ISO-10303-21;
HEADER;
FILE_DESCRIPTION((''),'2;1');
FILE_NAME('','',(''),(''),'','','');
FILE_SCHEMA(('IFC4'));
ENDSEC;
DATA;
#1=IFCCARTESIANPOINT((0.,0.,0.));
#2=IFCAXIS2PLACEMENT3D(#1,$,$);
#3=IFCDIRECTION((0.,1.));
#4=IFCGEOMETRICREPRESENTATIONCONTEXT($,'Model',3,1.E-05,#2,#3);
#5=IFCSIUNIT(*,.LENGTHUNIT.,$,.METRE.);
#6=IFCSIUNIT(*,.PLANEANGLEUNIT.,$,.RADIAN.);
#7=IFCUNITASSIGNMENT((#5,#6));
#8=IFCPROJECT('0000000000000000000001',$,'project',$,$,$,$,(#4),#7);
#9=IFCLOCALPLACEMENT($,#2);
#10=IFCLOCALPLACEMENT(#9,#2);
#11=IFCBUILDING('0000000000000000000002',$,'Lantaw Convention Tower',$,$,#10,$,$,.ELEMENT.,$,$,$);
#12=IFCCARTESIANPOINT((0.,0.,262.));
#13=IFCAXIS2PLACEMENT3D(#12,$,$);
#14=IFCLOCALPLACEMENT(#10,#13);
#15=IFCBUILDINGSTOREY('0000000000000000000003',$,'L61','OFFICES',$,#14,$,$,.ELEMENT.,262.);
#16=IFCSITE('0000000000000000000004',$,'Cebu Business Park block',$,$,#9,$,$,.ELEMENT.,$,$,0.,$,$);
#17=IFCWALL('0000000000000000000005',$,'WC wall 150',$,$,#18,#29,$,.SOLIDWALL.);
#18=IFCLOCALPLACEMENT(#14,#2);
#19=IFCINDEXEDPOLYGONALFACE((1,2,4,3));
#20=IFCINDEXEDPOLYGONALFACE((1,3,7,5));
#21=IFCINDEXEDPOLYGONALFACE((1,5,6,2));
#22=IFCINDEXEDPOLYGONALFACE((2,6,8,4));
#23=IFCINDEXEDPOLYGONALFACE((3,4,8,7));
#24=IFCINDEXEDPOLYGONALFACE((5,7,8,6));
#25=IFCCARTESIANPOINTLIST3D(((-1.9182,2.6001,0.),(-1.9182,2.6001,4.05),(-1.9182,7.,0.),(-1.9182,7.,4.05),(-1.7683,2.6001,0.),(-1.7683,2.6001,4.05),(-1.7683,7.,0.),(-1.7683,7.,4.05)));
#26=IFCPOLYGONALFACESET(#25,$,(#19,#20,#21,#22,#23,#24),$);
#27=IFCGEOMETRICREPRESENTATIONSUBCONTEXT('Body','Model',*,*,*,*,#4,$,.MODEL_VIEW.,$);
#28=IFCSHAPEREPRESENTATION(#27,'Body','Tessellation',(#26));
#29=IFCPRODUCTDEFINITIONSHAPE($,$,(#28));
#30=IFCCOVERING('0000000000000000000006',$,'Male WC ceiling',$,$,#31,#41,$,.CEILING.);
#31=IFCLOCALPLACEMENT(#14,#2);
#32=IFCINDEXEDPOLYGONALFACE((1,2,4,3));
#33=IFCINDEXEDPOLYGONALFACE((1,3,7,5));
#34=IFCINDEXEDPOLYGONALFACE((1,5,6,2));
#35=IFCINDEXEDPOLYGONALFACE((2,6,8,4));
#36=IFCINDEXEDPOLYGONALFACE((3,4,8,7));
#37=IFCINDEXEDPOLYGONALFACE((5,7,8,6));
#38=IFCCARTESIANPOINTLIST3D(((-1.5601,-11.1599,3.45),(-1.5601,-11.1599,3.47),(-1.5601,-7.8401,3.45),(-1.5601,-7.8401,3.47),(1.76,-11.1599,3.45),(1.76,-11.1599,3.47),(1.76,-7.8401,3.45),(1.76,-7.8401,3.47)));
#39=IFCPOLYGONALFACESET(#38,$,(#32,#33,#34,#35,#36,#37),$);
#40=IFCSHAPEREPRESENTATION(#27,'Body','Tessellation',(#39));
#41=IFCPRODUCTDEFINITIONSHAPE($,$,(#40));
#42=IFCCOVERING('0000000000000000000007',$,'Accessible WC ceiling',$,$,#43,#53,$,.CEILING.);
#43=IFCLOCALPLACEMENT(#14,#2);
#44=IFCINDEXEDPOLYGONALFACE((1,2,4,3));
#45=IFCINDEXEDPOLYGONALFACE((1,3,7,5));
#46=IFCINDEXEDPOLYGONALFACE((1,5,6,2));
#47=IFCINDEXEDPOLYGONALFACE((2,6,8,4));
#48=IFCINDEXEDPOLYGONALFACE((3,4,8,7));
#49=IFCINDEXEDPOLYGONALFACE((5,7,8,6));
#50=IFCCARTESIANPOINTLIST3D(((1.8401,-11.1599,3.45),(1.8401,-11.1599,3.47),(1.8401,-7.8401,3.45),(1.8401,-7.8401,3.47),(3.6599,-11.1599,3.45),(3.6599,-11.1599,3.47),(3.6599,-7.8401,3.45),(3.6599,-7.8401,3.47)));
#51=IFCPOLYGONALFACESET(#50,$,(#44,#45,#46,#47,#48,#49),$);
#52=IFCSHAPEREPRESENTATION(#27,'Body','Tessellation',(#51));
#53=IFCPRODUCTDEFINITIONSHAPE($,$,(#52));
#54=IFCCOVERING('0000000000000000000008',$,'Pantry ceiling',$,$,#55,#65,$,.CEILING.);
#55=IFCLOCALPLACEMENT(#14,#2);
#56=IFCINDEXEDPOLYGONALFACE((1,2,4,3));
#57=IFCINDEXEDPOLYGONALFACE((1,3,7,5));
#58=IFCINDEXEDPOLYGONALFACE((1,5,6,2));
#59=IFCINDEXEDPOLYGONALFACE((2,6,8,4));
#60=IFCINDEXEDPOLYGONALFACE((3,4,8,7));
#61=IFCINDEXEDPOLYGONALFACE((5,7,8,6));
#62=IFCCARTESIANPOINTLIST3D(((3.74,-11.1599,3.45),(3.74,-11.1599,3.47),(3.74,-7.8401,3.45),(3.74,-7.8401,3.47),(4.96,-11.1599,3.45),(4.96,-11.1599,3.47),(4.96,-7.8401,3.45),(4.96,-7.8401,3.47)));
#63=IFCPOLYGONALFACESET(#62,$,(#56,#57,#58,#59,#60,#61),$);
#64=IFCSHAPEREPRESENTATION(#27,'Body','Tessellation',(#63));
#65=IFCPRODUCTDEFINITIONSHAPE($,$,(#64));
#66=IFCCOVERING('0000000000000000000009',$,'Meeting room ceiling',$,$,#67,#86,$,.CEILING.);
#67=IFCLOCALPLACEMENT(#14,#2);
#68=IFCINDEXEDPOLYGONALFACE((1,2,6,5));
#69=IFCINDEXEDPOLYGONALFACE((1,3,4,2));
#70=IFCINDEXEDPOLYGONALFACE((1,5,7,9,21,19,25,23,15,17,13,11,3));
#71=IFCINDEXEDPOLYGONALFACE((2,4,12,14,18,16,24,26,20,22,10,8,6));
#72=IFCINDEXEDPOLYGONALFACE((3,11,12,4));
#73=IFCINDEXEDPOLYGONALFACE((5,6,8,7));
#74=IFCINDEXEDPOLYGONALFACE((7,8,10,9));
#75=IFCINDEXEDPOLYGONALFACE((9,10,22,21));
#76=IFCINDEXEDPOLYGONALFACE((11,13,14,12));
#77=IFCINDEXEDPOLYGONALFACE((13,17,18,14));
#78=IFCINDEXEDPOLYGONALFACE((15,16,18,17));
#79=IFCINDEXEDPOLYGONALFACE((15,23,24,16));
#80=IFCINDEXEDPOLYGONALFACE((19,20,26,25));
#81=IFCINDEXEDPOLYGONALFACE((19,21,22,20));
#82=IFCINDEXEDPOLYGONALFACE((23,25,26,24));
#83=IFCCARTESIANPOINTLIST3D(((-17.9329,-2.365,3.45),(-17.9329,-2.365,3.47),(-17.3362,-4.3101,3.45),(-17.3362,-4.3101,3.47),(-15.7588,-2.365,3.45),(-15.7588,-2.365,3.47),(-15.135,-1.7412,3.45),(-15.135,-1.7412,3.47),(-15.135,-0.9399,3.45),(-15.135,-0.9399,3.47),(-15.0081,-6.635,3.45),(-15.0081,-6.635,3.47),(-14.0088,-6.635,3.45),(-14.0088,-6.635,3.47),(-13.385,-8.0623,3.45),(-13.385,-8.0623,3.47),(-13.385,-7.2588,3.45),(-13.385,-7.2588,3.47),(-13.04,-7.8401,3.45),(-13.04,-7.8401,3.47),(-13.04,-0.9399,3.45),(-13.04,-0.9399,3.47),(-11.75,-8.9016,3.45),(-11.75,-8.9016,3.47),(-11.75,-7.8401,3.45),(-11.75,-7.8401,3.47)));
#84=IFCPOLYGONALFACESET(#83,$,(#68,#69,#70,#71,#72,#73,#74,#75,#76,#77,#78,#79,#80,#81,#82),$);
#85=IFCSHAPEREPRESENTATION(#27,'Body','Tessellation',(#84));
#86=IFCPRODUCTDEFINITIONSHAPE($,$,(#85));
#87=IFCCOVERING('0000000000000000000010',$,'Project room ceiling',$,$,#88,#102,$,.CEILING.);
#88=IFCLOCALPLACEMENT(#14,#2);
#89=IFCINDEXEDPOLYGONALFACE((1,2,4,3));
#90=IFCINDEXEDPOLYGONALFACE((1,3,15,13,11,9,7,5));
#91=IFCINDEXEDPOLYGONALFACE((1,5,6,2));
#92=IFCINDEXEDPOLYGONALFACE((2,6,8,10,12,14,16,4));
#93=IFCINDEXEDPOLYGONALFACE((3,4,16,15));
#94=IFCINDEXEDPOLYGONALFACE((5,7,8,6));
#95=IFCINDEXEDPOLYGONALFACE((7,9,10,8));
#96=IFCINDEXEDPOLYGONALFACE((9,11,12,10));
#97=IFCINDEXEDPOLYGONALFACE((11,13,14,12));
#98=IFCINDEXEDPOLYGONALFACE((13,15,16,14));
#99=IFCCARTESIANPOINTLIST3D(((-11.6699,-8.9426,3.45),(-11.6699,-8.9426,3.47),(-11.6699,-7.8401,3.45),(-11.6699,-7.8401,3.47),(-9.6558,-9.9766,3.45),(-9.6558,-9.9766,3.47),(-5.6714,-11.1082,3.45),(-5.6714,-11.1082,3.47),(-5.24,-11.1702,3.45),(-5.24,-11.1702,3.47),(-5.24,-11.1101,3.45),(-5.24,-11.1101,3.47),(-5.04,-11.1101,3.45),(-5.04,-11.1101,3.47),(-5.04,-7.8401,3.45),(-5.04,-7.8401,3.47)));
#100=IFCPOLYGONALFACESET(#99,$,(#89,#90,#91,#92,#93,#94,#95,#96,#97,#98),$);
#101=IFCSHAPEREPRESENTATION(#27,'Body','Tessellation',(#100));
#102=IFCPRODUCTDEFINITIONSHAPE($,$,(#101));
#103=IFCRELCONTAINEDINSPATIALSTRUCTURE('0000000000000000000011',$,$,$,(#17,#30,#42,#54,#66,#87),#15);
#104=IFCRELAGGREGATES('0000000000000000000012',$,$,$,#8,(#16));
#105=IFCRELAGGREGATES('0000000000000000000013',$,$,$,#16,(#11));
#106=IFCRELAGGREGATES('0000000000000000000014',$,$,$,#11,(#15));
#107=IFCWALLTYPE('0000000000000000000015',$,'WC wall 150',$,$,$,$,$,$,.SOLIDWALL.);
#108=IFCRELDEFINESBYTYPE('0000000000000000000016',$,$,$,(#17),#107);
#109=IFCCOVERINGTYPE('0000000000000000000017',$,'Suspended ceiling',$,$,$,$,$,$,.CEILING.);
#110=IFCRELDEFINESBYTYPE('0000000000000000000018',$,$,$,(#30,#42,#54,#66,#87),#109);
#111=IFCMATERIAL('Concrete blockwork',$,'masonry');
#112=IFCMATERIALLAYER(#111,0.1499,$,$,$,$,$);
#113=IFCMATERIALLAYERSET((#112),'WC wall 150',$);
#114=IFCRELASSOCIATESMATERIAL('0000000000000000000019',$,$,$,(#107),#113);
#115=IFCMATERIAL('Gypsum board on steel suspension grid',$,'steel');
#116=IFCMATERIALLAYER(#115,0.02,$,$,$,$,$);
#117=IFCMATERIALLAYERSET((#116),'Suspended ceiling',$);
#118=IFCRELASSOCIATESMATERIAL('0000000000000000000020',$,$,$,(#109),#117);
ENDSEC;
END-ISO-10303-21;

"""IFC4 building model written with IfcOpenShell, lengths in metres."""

from ifc_helpers import new_model, si_unit, direction, frame, frame_2d, origin, place, context, subcontext, project, spatial, polyline, rectangle, outline, extrude, material, layer, layer_set, type_object, element, save


model = new_model("IFC4")

# Units and contexts
model_context = context("Model", 3, precision=1e-05, world=origin(), true_north=direction((0.0, 1.0)))
body_context = subcontext(model_context, "Body", "Model", "MODEL_VIEW")
ifc_project = project(units=[si_unit("LENGTHUNIT", "METRE"), si_unit("PLANEANGLEUNIT", "RADIAN")], contexts=[model_context])

# Site, building, storey
site_placement = place(None, origin())
site = spatial("IfcSite", under=ifc_project, at=site_placement, Name="Cebu Business Park block", CompositionType="ELEMENT", RefElevation=0.0)
building_placement = place(site_placement, origin())
building = spatial("IfcBuilding", under=site, at=building_placement, Name="Lantaw Convention Tower", CompositionType="ELEMENT")
storey_placement = place(building_placement, frame((0.0, 0.0, 262.0)))
storey = spatial("IfcBuildingStorey", under=building, at=storey_placement, Name="L61", Description="OFFICES", CompositionType="ELEMENT", Elevation=262.0)

# Shared definitions
ifc_material_1 = material(Name="Concrete blockwork", Category="masonry")
ifc_layer_1 = layer(ifc_material_1, 0.1499)
ifc_layer_set_1 = layer_set([ifc_layer_1], Name="WC wall 150")
wall_type_1 = type_object("IfcWallType", Name="WC wall 150", PredefinedType="SOLIDWALL", material=ifc_layer_set_1)

# Wall
for number, where, z_axis, x_axis, name in (
    (1, (-1.8433, 2.6001, 0.0), (0.0, 0.0, 1.0), (0.0, 1.0, 0.0), "WC wall 150"),
):
    element("IfcWall", number, at=place(storey_placement, frame(where, z_axis=z_axis, x_axis=x_axis)), inside=storey, type_object=wall_type_1, Name=name, PredefinedType="SOLIDWALL", context=body_context, shape_type="SweptSolid", body=[
        extrude(rectangle(XDim=4.3999, YDim=0.1499, at=frame_2d((2.2, 0.0))), origin(), (0.0, 0.0, 1.0), 4.05),
    ])

# Coverings
ifc_material_2 = material(Name="Gypsum board on steel suspension grid", Category="steel")
ifc_layer_2 = layer(ifc_material_2, 0.02)
ifc_layer_set_2 = layer_set([ifc_layer_2], Name="Suspended ceiling")
covering_type = type_object("IfcCoveringType", Name="Suspended ceiling", PredefinedType="CEILING", material=ifc_layer_set_2)
covering_1_placement = place(storey_placement, frame((0.0, 0.0, 3.45)))
element("IfcCovering", 2, at=covering_1_placement, inside=storey, type_object=covering_type, Name="Male WC ceiling", PredefinedType="CEILING", context=body_context, shape_type="SweptSolid", body=[
    extrude(outline(polyline([(-1.5601, -11.1599), (1.76, -11.1599), (1.76, -7.8401), (-1.5601, -7.8401), (-1.5601, -11.1599)])), origin(), (0.0, 0.0, 1.0), 0.02),
])
covering_2_placement = place(storey_placement, frame((0.0, 0.0, 3.45)))
element("IfcCovering", 3, at=covering_2_placement, inside=storey, type_object=covering_type, Name="Accessible WC ceiling", PredefinedType="CEILING", context=body_context, shape_type="SweptSolid", body=[
    extrude(outline(polyline([(1.8401, -11.1599), (3.6599, -11.1599), (3.6599, -7.8401), (1.8401, -7.8401), (1.8401, -11.1599)])), origin(), (0.0, 0.0, 1.0), 0.02),
])
covering_3_placement = place(storey_placement, frame((0.0, 0.0, 3.45)))
element("IfcCovering", 4, at=covering_3_placement, inside=storey, type_object=covering_type, Name="Pantry ceiling", PredefinedType="CEILING", context=body_context, shape_type="SweptSolid", body=[
    extrude(outline(polyline([(3.74, -11.1599), (4.96, -11.1599), (4.96, -7.8401), (3.74, -7.8401), (3.74, -11.1599)])), origin(), (0.0, 0.0, 1.0), 0.02),
])
covering_4_placement = place(storey_placement, frame((0.0, 0.0, 3.45)))
element("IfcCovering", 5, at=covering_4_placement, inside=storey, type_object=covering_type, Name="Meeting room ceiling", PredefinedType="CEILING", context=body_context, shape_type="SweptSolid", body=[
    extrude(outline(polyline([(-13.385, -8.0623), (-11.75, -8.9016), (-11.75, -7.8401), (-13.04, -7.8401), (-13.04, -0.9399), (-15.135, -0.9399), (-15.135, -1.7412), (-15.7588, -2.365), (-17.9329, -2.365), (-17.3362, -4.3101), (-15.0081, -6.635), (-14.0088, -6.635), (-13.385, -7.2588), (-13.385, -8.0623)])), origin(), (0.0, 0.0, 1.0), 0.02),
])
covering_5_placement = place(storey_placement, frame((0.0, 0.0, 3.45)))
element("IfcCovering", 6, at=covering_5_placement, inside=storey, type_object=covering_type, Name="Project room ceiling", PredefinedType="CEILING", context=body_context, shape_type="SweptSolid", body=[
    extrude(outline(polyline([(-5.04, -7.8401), (-11.6699, -7.8401), (-11.6699, -8.9426), (-9.6558, -9.9766), (-5.6714, -11.1082), (-5.24, -11.1702), (-5.24, -11.1101), (-5.04, -11.1101), (-5.04, -7.8401)])), origin(), (0.0, 0.0, 1.0), 0.02),
])

save(model, "model.ifc")
